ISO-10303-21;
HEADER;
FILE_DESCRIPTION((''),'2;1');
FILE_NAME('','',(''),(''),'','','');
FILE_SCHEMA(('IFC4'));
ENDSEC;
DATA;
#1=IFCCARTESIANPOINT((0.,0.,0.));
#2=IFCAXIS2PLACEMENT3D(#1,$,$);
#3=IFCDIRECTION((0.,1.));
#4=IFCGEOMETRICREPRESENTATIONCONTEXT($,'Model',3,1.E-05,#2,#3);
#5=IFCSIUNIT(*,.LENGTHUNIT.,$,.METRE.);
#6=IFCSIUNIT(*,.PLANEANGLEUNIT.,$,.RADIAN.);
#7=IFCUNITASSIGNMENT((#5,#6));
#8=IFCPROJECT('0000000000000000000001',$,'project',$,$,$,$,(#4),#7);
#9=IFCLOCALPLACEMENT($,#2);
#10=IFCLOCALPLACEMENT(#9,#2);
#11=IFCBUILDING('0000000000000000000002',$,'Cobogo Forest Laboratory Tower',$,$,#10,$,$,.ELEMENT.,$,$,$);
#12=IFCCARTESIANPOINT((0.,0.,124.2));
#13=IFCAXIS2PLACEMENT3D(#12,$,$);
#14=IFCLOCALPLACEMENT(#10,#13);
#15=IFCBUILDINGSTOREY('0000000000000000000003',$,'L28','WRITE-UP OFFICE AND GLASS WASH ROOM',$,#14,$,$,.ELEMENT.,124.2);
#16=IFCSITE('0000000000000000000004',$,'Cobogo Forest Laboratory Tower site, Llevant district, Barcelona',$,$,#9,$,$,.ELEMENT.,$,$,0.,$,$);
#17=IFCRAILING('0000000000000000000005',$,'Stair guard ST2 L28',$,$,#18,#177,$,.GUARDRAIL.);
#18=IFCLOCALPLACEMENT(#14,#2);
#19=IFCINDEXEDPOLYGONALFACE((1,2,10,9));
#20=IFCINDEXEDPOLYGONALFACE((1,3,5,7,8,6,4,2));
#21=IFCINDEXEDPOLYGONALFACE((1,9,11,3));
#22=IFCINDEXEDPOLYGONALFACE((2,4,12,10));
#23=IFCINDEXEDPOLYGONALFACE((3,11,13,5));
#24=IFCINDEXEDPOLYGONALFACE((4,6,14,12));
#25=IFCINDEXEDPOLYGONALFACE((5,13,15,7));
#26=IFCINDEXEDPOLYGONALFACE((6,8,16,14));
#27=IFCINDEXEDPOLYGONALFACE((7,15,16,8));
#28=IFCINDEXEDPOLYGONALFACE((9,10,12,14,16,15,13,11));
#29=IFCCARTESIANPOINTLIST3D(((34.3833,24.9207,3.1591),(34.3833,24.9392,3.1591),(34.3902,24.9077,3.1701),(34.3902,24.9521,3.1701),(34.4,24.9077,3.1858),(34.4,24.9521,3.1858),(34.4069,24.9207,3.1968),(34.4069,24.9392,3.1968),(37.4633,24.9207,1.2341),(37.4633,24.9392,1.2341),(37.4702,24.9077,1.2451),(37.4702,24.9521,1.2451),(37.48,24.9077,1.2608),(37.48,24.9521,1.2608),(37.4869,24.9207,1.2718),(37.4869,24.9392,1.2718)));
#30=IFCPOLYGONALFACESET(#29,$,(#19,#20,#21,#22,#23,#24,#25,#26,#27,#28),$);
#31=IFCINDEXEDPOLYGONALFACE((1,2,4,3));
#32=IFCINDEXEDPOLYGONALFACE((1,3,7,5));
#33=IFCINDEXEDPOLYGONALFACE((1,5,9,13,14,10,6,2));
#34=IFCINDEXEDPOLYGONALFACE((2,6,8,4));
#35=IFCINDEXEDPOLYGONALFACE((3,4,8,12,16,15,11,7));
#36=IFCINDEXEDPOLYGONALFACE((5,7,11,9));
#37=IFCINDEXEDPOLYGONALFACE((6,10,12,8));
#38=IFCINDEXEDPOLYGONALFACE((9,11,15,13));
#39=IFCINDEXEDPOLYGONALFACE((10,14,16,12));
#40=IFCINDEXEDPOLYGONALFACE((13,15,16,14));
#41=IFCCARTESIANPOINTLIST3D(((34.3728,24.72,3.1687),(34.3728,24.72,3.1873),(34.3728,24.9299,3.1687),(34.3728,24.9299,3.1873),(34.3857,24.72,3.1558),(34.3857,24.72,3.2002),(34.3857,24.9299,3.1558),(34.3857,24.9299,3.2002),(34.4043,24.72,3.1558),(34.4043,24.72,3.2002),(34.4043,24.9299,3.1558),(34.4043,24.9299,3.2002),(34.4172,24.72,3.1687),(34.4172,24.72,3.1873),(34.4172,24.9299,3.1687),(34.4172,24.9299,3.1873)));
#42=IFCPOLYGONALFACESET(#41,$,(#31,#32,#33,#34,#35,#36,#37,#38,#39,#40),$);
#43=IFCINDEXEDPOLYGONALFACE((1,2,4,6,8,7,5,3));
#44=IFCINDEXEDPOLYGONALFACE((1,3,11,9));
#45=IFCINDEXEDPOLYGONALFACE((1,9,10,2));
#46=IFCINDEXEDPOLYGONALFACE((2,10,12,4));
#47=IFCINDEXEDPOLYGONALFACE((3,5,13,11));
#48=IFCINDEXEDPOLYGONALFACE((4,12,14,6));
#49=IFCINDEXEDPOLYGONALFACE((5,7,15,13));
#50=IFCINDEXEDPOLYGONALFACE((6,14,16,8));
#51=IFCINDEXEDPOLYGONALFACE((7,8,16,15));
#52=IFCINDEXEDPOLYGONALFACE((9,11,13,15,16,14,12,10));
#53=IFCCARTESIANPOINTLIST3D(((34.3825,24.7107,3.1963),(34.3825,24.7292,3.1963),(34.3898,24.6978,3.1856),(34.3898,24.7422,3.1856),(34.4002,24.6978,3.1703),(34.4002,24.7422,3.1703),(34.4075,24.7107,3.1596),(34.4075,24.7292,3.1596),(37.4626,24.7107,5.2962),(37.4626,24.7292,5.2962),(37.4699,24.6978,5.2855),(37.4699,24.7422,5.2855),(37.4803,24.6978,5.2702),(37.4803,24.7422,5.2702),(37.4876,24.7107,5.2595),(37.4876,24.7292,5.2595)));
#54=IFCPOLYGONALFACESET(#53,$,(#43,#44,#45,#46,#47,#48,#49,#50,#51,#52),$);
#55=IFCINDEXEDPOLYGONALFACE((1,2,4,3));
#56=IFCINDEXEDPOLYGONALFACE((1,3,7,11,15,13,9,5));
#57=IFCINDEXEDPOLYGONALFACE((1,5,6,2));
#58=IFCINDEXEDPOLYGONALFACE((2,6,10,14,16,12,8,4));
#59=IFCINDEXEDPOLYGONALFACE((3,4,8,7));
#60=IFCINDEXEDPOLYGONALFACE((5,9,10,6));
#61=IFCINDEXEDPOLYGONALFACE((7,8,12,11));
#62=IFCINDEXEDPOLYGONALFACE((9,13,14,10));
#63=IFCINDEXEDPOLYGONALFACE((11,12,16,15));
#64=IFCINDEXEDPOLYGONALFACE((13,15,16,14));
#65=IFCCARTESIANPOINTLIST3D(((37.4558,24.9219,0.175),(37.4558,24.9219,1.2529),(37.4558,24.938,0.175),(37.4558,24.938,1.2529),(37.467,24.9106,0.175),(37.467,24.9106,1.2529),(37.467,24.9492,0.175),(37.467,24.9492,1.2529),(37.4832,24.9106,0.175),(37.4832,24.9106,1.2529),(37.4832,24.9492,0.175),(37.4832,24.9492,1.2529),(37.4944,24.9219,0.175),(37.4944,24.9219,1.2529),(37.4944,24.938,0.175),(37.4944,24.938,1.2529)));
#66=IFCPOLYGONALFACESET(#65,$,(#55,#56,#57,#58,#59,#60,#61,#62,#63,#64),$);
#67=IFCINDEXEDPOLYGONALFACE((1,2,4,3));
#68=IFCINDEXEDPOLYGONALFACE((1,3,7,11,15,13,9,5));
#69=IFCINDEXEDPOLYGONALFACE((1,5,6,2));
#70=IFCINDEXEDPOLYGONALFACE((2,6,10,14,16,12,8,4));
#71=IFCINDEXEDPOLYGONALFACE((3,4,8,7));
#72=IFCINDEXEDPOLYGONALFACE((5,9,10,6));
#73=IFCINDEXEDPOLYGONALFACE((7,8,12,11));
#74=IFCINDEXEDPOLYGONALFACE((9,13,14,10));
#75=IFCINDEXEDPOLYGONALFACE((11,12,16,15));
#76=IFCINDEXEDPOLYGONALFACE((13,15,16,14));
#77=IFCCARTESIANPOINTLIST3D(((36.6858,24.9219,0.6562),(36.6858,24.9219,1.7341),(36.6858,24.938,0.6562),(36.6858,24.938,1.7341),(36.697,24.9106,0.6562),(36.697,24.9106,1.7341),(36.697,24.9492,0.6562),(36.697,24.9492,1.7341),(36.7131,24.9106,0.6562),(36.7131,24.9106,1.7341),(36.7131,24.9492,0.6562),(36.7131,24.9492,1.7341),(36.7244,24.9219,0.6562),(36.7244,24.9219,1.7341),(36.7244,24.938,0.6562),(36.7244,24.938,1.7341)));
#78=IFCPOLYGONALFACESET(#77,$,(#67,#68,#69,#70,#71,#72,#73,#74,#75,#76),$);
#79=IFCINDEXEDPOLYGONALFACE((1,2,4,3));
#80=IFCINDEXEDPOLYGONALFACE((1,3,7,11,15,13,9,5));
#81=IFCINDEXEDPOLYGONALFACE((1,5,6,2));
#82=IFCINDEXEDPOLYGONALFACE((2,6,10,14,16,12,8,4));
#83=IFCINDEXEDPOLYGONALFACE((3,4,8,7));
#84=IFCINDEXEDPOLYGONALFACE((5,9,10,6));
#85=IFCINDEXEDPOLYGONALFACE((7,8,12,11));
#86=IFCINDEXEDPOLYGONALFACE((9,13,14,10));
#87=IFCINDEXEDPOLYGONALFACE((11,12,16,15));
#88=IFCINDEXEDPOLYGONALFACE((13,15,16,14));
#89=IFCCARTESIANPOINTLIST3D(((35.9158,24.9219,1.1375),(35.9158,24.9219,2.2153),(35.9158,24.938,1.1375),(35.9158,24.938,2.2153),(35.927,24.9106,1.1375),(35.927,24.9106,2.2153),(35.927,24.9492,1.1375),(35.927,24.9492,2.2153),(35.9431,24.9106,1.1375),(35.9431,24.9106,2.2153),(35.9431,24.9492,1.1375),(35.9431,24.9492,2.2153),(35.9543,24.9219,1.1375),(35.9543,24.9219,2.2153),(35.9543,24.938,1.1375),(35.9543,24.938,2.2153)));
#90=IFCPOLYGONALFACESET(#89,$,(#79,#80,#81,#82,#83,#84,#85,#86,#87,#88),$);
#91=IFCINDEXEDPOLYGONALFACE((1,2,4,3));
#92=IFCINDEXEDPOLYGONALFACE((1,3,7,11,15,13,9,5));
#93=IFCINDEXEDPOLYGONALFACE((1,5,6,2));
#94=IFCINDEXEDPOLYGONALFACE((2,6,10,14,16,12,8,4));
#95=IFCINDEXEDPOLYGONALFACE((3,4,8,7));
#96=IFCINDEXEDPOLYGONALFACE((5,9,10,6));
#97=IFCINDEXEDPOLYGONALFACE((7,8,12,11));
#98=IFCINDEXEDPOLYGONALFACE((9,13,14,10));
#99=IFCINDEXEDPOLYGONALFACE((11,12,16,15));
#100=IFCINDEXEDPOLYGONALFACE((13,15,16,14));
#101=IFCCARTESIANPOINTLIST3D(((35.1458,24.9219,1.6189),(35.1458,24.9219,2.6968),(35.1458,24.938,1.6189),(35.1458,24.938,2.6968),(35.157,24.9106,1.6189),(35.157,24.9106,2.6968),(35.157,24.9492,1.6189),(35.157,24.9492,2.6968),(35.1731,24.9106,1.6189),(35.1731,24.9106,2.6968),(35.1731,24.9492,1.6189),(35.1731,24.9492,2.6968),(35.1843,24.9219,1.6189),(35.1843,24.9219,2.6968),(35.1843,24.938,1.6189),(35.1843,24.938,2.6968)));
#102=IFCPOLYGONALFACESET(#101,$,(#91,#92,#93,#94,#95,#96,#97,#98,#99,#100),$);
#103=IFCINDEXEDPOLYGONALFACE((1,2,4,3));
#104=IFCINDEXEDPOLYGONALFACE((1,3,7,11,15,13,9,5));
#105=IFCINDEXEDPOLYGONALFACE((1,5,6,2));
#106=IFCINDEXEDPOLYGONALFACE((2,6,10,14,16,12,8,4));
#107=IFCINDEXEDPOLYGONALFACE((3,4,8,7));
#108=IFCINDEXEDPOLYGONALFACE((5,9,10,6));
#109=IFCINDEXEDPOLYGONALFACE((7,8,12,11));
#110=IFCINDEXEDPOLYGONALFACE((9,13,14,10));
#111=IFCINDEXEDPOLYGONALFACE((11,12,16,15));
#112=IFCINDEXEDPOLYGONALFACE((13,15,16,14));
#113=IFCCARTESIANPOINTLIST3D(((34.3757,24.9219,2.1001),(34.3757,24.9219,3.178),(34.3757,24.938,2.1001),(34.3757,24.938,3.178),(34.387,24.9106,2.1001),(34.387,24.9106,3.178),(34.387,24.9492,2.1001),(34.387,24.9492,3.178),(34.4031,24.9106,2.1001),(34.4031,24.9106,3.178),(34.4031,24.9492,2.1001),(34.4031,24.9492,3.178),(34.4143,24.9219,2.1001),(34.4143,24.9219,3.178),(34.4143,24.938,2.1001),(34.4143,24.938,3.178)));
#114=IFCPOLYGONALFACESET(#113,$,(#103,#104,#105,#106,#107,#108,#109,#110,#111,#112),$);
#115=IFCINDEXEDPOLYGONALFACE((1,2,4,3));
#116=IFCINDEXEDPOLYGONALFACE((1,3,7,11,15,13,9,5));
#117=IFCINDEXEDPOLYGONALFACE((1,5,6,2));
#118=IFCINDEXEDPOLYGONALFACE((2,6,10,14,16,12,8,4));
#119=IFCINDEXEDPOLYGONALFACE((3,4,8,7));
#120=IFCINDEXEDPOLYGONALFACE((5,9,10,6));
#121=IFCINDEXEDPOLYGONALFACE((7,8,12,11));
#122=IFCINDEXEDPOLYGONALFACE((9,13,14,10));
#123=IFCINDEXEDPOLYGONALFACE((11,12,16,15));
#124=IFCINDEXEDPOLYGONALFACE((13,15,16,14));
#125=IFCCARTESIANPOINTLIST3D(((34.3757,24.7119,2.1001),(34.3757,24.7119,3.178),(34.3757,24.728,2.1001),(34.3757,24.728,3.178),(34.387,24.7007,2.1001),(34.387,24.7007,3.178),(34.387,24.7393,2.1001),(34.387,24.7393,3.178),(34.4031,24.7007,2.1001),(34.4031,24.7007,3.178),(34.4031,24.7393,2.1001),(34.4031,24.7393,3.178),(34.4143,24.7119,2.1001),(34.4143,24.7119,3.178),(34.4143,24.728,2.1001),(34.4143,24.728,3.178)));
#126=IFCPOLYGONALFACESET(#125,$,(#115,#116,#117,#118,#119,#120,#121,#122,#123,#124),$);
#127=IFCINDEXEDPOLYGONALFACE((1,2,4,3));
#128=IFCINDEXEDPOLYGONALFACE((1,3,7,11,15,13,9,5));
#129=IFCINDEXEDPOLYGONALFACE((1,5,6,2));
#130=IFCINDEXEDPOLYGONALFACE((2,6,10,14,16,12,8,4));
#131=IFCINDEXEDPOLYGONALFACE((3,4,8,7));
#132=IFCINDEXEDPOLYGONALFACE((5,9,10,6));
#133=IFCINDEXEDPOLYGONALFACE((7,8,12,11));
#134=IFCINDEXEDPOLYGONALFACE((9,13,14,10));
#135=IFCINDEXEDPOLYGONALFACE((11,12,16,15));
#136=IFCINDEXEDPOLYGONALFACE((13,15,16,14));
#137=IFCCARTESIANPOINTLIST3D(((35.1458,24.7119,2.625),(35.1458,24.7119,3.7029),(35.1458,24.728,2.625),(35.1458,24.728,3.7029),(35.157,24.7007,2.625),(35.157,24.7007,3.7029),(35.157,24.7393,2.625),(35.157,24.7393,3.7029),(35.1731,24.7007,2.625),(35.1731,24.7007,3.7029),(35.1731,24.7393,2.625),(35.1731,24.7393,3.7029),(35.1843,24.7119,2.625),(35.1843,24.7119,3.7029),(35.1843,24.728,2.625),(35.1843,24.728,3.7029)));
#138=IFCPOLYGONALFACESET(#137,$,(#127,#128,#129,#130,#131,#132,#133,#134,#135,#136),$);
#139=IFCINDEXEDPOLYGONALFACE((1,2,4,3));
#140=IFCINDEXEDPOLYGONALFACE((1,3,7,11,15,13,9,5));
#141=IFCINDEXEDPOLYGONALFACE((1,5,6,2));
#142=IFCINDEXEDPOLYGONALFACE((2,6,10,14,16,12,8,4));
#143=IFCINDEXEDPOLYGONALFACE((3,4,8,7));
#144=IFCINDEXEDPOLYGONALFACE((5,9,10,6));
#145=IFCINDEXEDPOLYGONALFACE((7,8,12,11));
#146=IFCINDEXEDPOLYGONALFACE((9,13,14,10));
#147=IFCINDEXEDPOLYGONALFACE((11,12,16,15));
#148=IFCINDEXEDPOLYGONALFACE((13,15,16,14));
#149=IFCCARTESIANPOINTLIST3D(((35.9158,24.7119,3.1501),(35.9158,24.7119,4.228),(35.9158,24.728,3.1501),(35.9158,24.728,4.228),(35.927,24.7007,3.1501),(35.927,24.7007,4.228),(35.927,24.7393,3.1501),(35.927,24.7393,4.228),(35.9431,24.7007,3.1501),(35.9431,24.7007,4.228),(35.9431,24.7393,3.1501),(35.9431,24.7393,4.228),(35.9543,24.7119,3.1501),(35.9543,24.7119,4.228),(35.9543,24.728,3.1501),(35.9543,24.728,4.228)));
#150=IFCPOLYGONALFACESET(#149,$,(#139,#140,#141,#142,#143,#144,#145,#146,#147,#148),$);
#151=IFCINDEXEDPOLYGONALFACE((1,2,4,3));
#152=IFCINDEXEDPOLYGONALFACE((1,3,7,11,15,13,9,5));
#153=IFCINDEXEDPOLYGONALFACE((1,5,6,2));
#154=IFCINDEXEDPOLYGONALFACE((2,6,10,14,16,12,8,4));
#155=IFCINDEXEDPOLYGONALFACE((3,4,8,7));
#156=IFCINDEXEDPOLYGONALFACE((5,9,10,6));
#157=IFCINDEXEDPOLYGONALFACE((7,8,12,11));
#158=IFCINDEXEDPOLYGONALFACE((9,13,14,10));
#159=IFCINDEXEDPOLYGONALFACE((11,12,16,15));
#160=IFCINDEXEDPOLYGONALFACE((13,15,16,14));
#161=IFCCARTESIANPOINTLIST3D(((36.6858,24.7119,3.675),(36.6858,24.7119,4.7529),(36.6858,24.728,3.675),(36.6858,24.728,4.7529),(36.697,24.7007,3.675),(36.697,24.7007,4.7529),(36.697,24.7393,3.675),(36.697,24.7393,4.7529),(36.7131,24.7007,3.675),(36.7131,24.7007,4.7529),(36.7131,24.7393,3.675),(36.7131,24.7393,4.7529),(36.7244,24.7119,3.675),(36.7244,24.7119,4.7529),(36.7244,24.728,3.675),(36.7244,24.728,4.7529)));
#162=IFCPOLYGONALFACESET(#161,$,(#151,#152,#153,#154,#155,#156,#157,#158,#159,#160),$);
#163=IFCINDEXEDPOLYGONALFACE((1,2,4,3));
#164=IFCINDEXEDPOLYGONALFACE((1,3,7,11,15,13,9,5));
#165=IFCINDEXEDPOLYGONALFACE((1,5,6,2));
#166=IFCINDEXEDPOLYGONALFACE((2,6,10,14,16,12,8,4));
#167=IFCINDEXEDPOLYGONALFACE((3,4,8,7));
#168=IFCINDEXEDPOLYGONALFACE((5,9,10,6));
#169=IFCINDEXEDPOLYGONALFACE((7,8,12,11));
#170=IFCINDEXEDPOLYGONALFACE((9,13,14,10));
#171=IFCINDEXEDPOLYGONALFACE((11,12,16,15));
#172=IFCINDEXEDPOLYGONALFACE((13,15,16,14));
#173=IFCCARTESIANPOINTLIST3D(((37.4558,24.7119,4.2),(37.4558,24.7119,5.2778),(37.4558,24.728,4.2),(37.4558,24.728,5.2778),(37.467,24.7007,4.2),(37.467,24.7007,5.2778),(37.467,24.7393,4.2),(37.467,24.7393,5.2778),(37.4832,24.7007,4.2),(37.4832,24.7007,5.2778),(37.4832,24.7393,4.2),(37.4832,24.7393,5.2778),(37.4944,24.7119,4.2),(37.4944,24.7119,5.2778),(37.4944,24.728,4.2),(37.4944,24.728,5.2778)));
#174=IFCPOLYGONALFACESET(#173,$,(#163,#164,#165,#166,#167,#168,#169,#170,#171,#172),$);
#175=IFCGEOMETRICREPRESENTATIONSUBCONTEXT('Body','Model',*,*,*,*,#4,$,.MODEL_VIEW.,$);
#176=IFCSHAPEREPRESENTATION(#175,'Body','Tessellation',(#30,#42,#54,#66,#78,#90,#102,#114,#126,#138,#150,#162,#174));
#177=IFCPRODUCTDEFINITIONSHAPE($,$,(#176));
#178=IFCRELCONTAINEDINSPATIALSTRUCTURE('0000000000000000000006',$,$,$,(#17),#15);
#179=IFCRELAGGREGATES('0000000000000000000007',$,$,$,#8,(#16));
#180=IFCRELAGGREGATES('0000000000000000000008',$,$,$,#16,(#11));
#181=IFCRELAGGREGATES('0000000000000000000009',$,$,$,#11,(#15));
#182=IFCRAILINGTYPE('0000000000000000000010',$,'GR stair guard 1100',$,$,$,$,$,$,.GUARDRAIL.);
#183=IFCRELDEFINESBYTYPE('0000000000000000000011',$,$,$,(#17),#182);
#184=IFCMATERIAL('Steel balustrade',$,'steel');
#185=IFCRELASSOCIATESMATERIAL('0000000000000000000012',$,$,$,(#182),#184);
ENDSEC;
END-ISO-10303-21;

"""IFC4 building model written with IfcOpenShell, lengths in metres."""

from ifc_helpers import new_model, si_unit, direction, frame, origin, place, context, subcontext, project, spatial, polyline, outline, extrude, material, type_object, element, save


model = new_model("IFC4")

# Units and contexts
model_context = context("Model", 3, precision=1e-05, world=origin(), true_north=direction((0.0, 1.0)))
body_context = subcontext(model_context, "Body", "Model", "MODEL_VIEW")
ifc_project = project(units=[si_unit("LENGTHUNIT", "METRE"), si_unit("PLANEANGLEUNIT", "RADIAN")], contexts=[model_context])

# Site, building, storey
site_placement = place(None, origin())
site = spatial("IfcSite", under=ifc_project, at=site_placement, Name="Cobogo Forest Laboratory Tower site, Llevant district, Barcelona", CompositionType="ELEMENT", RefElevation=0.0)
building_placement = place(site_placement, origin())
building = spatial("IfcBuilding", under=site, at=building_placement, Name="Cobogo Forest Laboratory Tower", CompositionType="ELEMENT")
storey_placement = place(building_placement, frame((0.0, 0.0, 124.2)))
storey = spatial("IfcBuildingStorey", under=building, at=storey_placement, Name="L28", Description="WRITE-UP OFFICE AND GLASS WASH ROOM", CompositionType="ELEMENT", Elevation=124.2)

# Railing
ifc_material_1 = material(Name="Steel balustrade", Category="steel")
railing_type_1 = type_object("IfcRailingType", Name="GR stair guard 1100", PredefinedType="GUARDRAIL", material=ifc_material_1)
railing_1_placement = place(storey_placement, frame((37.4751, 24.9299, 0.175)))
element("IfcRailing", 1, at=railing_1_placement, inside=storey, type_object=railing_type_1, Name="Stair guard ST2 L28", PredefinedType="GUARDRAIL", context=body_context, shape_type="SweptSolid", body=[
    extrude(outline(polyline([(0.0222, 0.0093), (0.0093, 0.0222), (-0.0093, 0.0222), (-0.0222, 0.0093), (-0.0222, -0.0093), (-0.0093, -0.0222), (0.0093, -0.0222), (0.0222, -0.0093), (0.0222, 0.0093)])), frame((0.0, 0.0, 1.0779), z_axis=(-0.847998, 0.0, 0.529999), x_axis=(0.0, -1.0, 0.0)), (0.0, 0.0, 1.0), 3.6321),
    extrude(outline(polyline([(0.0222, 0.0093), (0.0093, 0.0222), (-0.0093, 0.0222), (-0.0222, 0.0093), (-0.0222, -0.0093), (-0.0093, -0.0222), (0.0093, -0.0222), (0.0222, -0.0093), (0.0222, 0.0093)])), frame((-3.0801, 0.0, 3.0029), z_axis=(0.0, -1.0, 0.0), x_axis=(1.0, 0.0, 0.0)), (0.0, 0.0, 1.0), 0.21),
    extrude(outline(polyline([(0.0222, 0.0093), (0.0093, 0.0222), (-0.0093, 0.0222), (-0.0222, 0.0093), (-0.0222, -0.0093), (-0.0093, -0.0222), (0.0093, -0.0222), (0.0222, -0.0093), (0.0222, 0.0093)])), frame((-3.0801, -0.21, 3.0029), z_axis=(0.826252, 0.0, 0.5633), x_axis=(0.0, 1.0, 0.0)), (0.0, 0.0, 1.0), 3.7278),
    extrude(outline(polyline([(0.0193, 0.0081), (0.0081, 0.0193), (-0.0081, 0.0193), (-0.0193, 0.0081), (-0.0193, -0.0081), (-0.0081, -0.0193), (0.0081, -0.0193), (0.0193, -0.0081), (0.0193, 0.0081)])), origin(), (0.0, 0.0, 1.0), 1.0779),
    extrude(outline(polyline([(0.0193, 0.0081), (0.0081, 0.0193), (-0.0081, 0.0193), (-0.0193, 0.0081), (-0.0193, -0.0081), (-0.0081, -0.0193), (0.0081, -0.0193), (0.0193, -0.0081), (0.0193, 0.0081)])), frame((-0.77, 0.0, 0.4812)), (0.0, 0.0, 1.0), 1.0779),
    extrude(outline(polyline([(0.0193, 0.0081), (0.0081, 0.0193), (-0.0081, 0.0193), (-0.0193, 0.0081), (-0.0193, -0.0081), (-0.0081, -0.0193), (0.0081, -0.0193), (0.0193, -0.0081), (0.0193, 0.0081)])), frame((-1.54, 0.0, 0.9624)), (0.0, 0.0, 1.0), 1.0779),
    extrude(outline(polyline([(0.0193, 0.0081), (0.0081, 0.0193), (-0.0081, 0.0193), (-0.0193, 0.0081), (-0.0193, -0.0081), (-0.0081, -0.0193), (0.0081, -0.0193), (0.0193, -0.0081), (0.0193, 0.0081)])), frame((-2.3101, 0.0, 1.4438)), (0.0, 0.0, 1.0), 1.0779),
    extrude(outline(polyline([(0.0193, 0.0081), (0.0081, 0.0193), (-0.0081, 0.0193), (-0.0193, 0.0081), (-0.0193, -0.0081), (-0.0081, -0.0193), (0.0081, -0.0193), (0.0193, -0.0081), (0.0193, 0.0081)])), frame((-3.0801, 0.0, 1.925)), (0.0, 0.0, 1.0), 1.0779),
    extrude(outline(polyline([(0.0193, 0.0081), (0.0081, 0.0193), (-0.0081, 0.0193), (-0.0193, 0.0081), (-0.0193, -0.0081), (-0.0081, -0.0193), (0.0081, -0.0193), (0.0193, -0.0081), (0.0193, 0.0081)])), frame((-3.0801, -0.21, 1.925)), (0.0, 0.0, 1.0), 1.0779),
    extrude(outline(polyline([(0.0193, 0.0081), (0.0081, 0.0193), (-0.0081, 0.0193), (-0.0193, 0.0081), (-0.0193, -0.0081), (-0.0081, -0.0193), (0.0081, -0.0193), (0.0193, -0.0081), (0.0193, 0.0081)])), frame((-2.3101, -0.21, 2.45)), (0.0, 0.0, 1.0), 1.0779),
    extrude(outline(polyline([(0.0193, 0.0081), (0.0081, 0.0193), (-0.0081, 0.0193), (-0.0193, 0.0081), (-0.0193, -0.0081), (-0.0081, -0.0193), (0.0081, -0.0193), (0.0193, -0.0081), (0.0193, 0.0081)])), frame((-1.54, -0.21, 2.9751)), (0.0, 0.0, 1.0), 1.0779),
    extrude(outline(polyline([(0.0193, 0.0081), (0.0081, 0.0193), (-0.0081, 0.0193), (-0.0193, 0.0081), (-0.0193, -0.0081), (-0.0081, -0.0193), (0.0081, -0.0193), (0.0193, -0.0081), (0.0193, 0.0081)])), frame((-0.77, -0.21, 3.5)), (0.0, 0.0, 1.0), 1.0779),
    extrude(outline(polyline([(0.0193, 0.0081), (0.0081, 0.0193), (-0.0081, 0.0193), (-0.0193, 0.0081), (-0.0193, -0.0081), (-0.0081, -0.0193), (0.0081, -0.0193), (0.0193, -0.0081), (0.0193, 0.0081)])), frame((0.0, -0.21, 4.0249)), (0.0, 0.0, 1.0), 1.0779),
])

save(model, "model.ifc")
